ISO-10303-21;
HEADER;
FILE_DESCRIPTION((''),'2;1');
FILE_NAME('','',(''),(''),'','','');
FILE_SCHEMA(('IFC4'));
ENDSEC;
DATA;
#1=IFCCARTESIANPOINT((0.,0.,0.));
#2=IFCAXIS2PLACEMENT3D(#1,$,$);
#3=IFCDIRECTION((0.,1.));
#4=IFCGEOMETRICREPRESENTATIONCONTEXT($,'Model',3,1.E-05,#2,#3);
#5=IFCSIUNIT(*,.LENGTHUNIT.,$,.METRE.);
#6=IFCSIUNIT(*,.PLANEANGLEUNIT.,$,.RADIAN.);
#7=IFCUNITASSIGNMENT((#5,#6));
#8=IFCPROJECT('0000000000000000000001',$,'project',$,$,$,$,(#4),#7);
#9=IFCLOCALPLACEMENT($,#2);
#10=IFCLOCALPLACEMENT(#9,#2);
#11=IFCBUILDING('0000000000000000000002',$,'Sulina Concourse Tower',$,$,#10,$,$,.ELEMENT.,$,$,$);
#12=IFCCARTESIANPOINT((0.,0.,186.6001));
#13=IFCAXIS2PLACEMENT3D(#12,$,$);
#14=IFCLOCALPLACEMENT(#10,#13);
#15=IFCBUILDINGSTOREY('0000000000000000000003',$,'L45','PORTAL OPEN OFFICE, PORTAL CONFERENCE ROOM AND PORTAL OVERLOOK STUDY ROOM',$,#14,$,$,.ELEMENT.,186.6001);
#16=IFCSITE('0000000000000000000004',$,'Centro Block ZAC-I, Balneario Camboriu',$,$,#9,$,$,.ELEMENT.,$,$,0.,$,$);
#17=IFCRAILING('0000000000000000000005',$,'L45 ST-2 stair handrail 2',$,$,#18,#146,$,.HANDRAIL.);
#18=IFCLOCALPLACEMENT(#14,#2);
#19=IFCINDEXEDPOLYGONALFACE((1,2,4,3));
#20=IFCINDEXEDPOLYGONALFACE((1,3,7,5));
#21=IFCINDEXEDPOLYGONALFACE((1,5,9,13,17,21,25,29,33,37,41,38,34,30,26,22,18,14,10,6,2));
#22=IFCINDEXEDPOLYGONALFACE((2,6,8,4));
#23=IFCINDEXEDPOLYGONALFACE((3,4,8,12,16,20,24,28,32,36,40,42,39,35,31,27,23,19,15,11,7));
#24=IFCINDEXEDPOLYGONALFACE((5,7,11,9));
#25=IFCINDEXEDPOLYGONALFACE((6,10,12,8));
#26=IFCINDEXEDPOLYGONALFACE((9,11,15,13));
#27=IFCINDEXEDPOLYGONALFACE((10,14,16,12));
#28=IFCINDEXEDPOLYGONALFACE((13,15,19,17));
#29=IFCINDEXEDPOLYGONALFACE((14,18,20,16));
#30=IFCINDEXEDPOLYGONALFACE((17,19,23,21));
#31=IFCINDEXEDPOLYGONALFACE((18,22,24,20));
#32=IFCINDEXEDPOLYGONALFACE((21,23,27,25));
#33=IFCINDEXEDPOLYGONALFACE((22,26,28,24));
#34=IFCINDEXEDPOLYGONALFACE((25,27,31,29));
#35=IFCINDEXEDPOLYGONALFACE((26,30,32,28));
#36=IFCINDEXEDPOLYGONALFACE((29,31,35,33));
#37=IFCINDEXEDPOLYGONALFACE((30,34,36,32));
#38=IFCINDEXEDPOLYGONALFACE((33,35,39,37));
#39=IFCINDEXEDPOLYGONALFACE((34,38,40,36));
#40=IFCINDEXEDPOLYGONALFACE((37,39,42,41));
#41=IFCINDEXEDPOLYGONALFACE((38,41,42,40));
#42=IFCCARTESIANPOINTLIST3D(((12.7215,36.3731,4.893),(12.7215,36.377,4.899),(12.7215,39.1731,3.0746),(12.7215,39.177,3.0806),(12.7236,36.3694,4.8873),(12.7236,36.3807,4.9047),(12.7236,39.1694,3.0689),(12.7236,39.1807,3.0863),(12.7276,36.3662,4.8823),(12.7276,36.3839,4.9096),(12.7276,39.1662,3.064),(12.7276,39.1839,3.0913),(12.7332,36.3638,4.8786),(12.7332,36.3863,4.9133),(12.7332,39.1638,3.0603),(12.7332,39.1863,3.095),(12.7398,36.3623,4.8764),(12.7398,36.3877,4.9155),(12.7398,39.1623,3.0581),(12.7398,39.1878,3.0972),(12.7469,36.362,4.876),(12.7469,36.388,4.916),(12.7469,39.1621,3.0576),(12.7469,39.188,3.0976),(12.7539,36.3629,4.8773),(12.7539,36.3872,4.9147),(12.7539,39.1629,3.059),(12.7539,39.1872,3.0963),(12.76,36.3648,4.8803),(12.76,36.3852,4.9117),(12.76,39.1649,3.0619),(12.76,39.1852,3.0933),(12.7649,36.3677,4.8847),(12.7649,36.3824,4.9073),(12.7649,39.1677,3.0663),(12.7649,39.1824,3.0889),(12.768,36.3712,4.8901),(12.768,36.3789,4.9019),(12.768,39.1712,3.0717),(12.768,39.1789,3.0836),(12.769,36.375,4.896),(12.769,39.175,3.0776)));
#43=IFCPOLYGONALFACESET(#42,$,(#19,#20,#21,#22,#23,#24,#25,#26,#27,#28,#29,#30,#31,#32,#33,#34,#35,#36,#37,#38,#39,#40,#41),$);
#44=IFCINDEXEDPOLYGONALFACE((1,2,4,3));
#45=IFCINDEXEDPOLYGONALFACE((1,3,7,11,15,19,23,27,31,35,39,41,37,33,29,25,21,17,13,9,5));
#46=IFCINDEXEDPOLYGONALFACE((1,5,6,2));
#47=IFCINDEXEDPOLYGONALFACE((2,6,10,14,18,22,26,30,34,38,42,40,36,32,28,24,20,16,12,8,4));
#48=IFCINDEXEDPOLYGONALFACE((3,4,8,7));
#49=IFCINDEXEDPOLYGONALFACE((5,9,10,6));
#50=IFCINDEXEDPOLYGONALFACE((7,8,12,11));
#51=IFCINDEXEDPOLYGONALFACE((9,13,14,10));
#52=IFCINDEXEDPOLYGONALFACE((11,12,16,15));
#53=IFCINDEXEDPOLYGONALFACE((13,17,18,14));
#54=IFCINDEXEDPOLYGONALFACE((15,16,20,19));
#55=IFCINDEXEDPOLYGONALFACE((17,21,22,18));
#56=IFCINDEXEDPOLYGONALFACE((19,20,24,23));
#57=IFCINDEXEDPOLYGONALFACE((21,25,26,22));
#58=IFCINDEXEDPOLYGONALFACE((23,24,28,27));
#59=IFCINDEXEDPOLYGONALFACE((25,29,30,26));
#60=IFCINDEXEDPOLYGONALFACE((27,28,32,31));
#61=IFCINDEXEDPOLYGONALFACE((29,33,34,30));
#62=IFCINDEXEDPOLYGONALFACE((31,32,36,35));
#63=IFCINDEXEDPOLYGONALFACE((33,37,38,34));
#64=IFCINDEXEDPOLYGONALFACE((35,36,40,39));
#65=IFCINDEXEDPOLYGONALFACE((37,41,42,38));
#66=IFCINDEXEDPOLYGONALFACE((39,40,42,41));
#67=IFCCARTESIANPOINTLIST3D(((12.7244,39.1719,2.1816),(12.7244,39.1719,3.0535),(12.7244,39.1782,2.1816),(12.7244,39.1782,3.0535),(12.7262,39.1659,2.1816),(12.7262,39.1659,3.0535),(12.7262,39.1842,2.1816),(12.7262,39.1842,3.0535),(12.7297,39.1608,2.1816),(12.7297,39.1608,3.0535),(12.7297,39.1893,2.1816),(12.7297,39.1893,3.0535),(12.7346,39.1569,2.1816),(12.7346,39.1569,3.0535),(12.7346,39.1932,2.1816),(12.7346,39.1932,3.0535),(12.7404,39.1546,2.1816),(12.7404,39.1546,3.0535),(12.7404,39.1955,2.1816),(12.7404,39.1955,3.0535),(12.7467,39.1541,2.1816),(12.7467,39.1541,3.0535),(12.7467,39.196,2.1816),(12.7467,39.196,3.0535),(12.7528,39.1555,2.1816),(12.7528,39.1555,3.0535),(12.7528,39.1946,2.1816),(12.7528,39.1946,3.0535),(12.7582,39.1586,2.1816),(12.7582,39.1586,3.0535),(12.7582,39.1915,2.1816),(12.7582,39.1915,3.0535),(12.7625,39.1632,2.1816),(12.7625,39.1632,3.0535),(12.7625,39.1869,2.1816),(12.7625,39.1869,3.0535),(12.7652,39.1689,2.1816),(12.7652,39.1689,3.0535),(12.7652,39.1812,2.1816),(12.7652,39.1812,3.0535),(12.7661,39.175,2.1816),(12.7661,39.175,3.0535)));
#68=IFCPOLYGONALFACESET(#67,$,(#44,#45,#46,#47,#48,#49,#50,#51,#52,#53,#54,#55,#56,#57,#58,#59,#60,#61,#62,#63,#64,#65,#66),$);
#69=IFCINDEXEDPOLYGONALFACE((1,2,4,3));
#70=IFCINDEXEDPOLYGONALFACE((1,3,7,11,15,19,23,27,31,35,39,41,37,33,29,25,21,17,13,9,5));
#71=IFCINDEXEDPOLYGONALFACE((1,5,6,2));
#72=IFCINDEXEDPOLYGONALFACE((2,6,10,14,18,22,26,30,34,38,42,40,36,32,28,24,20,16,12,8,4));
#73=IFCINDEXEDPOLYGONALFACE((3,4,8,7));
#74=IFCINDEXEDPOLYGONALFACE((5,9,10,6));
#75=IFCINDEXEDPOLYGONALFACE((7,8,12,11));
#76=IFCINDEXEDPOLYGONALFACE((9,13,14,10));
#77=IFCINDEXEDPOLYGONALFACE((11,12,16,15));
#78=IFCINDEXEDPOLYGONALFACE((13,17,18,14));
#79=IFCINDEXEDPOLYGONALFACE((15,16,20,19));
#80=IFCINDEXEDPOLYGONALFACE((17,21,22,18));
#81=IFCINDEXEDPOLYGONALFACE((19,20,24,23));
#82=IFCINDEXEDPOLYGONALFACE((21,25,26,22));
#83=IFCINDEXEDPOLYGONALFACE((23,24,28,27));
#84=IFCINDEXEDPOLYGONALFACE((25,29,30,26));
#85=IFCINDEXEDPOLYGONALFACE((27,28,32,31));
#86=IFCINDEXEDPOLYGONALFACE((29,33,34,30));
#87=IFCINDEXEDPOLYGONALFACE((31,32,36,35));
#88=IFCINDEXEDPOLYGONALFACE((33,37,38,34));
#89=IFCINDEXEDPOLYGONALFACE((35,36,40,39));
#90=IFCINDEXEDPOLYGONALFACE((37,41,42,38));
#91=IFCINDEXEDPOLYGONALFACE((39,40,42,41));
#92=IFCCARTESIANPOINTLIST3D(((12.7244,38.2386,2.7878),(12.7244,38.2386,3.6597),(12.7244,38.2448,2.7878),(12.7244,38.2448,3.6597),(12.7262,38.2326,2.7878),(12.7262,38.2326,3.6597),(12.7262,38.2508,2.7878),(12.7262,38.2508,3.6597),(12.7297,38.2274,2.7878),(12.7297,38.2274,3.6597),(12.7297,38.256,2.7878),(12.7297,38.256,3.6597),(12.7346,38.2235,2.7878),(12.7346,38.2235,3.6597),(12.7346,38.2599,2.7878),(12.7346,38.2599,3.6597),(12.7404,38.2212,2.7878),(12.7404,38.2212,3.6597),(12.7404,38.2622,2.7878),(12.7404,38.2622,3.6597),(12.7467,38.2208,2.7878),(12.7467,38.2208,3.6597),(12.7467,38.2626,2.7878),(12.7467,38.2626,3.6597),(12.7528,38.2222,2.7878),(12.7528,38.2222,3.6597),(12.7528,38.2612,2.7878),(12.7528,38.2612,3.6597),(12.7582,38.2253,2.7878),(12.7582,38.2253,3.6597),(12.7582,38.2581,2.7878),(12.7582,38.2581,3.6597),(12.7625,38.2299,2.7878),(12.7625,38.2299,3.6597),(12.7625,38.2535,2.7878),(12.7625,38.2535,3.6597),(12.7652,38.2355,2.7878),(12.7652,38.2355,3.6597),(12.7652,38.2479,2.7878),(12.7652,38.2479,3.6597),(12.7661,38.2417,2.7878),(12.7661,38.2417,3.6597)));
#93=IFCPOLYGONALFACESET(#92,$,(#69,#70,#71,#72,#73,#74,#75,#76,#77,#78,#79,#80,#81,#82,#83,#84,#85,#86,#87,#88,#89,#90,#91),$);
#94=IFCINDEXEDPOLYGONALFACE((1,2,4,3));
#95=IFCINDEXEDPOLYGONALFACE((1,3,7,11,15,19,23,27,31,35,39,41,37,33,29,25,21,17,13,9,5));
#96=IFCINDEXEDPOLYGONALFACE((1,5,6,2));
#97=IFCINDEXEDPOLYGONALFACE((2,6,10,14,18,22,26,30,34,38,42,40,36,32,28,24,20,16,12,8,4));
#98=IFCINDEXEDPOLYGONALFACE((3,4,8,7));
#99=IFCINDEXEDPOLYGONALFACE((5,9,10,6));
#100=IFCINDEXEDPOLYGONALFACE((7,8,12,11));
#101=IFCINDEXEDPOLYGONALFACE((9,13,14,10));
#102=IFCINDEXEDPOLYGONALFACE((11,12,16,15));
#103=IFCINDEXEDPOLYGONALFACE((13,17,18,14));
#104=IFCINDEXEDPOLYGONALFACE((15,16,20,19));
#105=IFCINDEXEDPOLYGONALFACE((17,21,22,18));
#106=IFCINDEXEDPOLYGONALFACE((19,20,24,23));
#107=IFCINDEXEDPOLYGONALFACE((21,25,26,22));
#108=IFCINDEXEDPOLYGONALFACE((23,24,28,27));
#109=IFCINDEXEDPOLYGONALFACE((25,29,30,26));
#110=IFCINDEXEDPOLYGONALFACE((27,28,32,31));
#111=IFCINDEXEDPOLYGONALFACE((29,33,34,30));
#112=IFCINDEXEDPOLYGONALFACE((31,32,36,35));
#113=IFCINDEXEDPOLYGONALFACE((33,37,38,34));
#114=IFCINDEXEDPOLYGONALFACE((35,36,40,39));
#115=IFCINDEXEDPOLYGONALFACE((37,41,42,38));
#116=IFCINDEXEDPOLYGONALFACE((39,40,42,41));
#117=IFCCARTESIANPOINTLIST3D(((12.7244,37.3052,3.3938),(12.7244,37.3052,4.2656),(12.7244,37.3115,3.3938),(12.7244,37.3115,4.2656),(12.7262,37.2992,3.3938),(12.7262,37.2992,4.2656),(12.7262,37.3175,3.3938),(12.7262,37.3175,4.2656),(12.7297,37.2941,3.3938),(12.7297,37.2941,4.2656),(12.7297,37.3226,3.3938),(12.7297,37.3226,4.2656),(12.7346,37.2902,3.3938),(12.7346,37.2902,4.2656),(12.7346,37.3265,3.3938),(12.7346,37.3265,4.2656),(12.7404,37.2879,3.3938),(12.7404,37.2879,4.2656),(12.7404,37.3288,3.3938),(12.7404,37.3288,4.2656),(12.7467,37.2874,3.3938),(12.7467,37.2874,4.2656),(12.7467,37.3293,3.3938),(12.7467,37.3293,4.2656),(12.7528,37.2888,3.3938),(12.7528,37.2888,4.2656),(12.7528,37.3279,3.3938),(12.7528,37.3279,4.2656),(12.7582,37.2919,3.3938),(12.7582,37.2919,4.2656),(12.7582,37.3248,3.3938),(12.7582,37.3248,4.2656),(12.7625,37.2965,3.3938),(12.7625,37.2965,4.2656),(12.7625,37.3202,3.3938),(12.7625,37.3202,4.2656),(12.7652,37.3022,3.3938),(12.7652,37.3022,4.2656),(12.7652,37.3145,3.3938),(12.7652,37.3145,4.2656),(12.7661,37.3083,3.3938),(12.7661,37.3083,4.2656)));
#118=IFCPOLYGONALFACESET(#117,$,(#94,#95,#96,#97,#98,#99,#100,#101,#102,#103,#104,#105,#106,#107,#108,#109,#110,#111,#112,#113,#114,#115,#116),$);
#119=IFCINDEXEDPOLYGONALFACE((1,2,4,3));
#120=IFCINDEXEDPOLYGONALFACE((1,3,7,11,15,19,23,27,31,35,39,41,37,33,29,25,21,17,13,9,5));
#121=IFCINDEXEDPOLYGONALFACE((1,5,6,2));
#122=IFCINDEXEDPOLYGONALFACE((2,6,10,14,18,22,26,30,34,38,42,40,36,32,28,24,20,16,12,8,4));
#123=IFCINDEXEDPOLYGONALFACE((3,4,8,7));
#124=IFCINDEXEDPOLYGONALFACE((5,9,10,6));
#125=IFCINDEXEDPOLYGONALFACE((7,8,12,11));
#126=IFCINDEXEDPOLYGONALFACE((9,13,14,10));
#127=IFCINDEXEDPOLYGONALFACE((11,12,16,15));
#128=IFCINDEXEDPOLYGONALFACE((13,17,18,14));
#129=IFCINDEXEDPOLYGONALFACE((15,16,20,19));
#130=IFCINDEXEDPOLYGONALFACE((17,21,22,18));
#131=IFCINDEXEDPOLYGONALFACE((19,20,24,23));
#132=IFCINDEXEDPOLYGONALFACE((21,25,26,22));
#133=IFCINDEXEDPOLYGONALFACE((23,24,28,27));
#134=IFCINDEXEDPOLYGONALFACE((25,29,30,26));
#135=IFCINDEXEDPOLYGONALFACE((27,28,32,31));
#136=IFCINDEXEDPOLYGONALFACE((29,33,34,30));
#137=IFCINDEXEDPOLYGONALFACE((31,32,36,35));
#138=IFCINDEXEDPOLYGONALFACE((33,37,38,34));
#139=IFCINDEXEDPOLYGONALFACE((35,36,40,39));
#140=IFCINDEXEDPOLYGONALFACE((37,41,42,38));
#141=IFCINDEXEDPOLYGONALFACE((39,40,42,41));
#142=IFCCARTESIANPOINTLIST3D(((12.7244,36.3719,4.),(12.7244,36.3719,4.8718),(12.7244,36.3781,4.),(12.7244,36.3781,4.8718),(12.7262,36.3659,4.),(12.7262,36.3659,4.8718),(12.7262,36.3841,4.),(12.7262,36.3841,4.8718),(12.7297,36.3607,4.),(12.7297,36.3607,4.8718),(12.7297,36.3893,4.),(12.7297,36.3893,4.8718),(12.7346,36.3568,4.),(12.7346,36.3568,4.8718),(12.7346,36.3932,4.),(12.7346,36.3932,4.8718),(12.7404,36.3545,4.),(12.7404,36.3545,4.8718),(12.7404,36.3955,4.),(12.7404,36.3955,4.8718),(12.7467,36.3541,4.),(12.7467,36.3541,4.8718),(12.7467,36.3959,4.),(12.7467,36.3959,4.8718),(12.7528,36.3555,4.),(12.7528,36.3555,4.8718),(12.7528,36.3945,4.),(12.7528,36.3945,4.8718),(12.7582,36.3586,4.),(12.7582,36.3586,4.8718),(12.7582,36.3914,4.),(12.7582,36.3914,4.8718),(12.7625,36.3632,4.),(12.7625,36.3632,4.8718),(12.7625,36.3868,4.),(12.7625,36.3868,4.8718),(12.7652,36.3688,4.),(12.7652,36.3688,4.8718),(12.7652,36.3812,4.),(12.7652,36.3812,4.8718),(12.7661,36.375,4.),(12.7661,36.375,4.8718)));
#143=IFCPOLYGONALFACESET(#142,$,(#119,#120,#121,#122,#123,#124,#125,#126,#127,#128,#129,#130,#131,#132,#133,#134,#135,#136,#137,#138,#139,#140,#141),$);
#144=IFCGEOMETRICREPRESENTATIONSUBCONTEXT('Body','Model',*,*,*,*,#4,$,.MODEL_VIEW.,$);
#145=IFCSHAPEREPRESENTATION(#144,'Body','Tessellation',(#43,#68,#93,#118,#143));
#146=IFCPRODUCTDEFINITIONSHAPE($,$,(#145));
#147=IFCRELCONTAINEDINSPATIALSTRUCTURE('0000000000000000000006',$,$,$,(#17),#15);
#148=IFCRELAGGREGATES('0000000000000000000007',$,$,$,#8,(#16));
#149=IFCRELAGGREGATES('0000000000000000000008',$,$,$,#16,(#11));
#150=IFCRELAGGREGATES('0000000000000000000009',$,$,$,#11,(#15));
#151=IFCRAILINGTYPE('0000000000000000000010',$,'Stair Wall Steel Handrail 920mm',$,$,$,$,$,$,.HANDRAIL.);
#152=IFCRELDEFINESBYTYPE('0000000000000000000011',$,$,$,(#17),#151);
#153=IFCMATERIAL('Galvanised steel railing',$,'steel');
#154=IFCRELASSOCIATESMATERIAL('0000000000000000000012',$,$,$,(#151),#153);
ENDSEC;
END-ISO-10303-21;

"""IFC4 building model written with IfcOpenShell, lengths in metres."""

from ifc_helpers import new_model, si_unit, direction, frame, origin, origin_2d, place, context, subcontext, project, spatial, circle, extrude, material, type_object, element, save


model = new_model("IFC4")

# Units and contexts
model_context = context("Model", 3, precision=1e-05, world=origin(), true_north=direction((0.0, 1.0)))
body_context = subcontext(model_context, "Body", "Model", "MODEL_VIEW")
ifc_project = project(units=[si_unit("LENGTHUNIT", "METRE"), si_unit("PLANEANGLEUNIT", "RADIAN")], contexts=[model_context])

# Site, building, storey
site_placement = place(None, origin())
site = spatial("IfcSite", under=ifc_project, at=site_placement, Name="Centro Block ZAC-I, Balneario Camboriu", CompositionType="ELEMENT", RefElevation=0.0)
building_placement = place(site_placement, origin())
building = spatial("IfcBuilding", under=site, at=building_placement, Name="Sulina Concourse Tower", CompositionType="ELEMENT")
storey_placement = place(building_placement, frame((0.0, 0.0, 186.6001)))
storey = spatial("IfcBuildingStorey", under=building, at=storey_placement, Name="L45", Description="PORTAL OPEN OFFICE, PORTAL CONFERENCE ROOM AND PORTAL OVERLOOK STUDY ROOM", CompositionType="ELEMENT", Elevation=186.6001)

# Railing
ifc_material_1 = material(Name="Galvanised steel railing", Category="steel")
railing_type_1 = type_object("IfcRailingType", Name="Stair Wall Steel Handrail 920mm", PredefinedType="HANDRAIL", material=ifc_material_1)
railing_1_placement = place(storey_placement, frame((12.7451, 39.175, 2.1816)))
element("IfcRailing", 1, at=railing_1_placement, inside=storey, type_object=railing_type_1, Name="L45 ST-2 stair handrail 2", PredefinedType="HANDRAIL", context=body_context, shape_type="SweptSolid", body=[
    extrude(circle(Radius=0.0239, at=origin_2d()), frame((0.0, 0.0, 0.896), z_axis=(0.0, -0.838672, 0.544636), x_axis=(1.0, 0.0, 0.0)), (0.0, 0.0, 1.0), 3.3386),
    extrude(circle(Radius=0.021, at=origin_2d()), origin(), (0.0, 0.0, 1.0), 0.8718),
    extrude(circle(Radius=0.021, at=origin_2d()), frame((0.0, -0.9333, 0.6062)), (0.0, 0.0, 1.0), 0.8718),
    extrude(circle(Radius=0.021, at=origin_2d()), frame((0.0, -1.8667, 1.2122)), (0.0, 0.0, 1.0), 0.8718),
    extrude(circle(Radius=0.021, at=origin_2d()), frame((0.0, -2.8, 1.8184)), (0.0, 0.0, 1.0), 0.8718),
])

save(model, "model.ifc")
